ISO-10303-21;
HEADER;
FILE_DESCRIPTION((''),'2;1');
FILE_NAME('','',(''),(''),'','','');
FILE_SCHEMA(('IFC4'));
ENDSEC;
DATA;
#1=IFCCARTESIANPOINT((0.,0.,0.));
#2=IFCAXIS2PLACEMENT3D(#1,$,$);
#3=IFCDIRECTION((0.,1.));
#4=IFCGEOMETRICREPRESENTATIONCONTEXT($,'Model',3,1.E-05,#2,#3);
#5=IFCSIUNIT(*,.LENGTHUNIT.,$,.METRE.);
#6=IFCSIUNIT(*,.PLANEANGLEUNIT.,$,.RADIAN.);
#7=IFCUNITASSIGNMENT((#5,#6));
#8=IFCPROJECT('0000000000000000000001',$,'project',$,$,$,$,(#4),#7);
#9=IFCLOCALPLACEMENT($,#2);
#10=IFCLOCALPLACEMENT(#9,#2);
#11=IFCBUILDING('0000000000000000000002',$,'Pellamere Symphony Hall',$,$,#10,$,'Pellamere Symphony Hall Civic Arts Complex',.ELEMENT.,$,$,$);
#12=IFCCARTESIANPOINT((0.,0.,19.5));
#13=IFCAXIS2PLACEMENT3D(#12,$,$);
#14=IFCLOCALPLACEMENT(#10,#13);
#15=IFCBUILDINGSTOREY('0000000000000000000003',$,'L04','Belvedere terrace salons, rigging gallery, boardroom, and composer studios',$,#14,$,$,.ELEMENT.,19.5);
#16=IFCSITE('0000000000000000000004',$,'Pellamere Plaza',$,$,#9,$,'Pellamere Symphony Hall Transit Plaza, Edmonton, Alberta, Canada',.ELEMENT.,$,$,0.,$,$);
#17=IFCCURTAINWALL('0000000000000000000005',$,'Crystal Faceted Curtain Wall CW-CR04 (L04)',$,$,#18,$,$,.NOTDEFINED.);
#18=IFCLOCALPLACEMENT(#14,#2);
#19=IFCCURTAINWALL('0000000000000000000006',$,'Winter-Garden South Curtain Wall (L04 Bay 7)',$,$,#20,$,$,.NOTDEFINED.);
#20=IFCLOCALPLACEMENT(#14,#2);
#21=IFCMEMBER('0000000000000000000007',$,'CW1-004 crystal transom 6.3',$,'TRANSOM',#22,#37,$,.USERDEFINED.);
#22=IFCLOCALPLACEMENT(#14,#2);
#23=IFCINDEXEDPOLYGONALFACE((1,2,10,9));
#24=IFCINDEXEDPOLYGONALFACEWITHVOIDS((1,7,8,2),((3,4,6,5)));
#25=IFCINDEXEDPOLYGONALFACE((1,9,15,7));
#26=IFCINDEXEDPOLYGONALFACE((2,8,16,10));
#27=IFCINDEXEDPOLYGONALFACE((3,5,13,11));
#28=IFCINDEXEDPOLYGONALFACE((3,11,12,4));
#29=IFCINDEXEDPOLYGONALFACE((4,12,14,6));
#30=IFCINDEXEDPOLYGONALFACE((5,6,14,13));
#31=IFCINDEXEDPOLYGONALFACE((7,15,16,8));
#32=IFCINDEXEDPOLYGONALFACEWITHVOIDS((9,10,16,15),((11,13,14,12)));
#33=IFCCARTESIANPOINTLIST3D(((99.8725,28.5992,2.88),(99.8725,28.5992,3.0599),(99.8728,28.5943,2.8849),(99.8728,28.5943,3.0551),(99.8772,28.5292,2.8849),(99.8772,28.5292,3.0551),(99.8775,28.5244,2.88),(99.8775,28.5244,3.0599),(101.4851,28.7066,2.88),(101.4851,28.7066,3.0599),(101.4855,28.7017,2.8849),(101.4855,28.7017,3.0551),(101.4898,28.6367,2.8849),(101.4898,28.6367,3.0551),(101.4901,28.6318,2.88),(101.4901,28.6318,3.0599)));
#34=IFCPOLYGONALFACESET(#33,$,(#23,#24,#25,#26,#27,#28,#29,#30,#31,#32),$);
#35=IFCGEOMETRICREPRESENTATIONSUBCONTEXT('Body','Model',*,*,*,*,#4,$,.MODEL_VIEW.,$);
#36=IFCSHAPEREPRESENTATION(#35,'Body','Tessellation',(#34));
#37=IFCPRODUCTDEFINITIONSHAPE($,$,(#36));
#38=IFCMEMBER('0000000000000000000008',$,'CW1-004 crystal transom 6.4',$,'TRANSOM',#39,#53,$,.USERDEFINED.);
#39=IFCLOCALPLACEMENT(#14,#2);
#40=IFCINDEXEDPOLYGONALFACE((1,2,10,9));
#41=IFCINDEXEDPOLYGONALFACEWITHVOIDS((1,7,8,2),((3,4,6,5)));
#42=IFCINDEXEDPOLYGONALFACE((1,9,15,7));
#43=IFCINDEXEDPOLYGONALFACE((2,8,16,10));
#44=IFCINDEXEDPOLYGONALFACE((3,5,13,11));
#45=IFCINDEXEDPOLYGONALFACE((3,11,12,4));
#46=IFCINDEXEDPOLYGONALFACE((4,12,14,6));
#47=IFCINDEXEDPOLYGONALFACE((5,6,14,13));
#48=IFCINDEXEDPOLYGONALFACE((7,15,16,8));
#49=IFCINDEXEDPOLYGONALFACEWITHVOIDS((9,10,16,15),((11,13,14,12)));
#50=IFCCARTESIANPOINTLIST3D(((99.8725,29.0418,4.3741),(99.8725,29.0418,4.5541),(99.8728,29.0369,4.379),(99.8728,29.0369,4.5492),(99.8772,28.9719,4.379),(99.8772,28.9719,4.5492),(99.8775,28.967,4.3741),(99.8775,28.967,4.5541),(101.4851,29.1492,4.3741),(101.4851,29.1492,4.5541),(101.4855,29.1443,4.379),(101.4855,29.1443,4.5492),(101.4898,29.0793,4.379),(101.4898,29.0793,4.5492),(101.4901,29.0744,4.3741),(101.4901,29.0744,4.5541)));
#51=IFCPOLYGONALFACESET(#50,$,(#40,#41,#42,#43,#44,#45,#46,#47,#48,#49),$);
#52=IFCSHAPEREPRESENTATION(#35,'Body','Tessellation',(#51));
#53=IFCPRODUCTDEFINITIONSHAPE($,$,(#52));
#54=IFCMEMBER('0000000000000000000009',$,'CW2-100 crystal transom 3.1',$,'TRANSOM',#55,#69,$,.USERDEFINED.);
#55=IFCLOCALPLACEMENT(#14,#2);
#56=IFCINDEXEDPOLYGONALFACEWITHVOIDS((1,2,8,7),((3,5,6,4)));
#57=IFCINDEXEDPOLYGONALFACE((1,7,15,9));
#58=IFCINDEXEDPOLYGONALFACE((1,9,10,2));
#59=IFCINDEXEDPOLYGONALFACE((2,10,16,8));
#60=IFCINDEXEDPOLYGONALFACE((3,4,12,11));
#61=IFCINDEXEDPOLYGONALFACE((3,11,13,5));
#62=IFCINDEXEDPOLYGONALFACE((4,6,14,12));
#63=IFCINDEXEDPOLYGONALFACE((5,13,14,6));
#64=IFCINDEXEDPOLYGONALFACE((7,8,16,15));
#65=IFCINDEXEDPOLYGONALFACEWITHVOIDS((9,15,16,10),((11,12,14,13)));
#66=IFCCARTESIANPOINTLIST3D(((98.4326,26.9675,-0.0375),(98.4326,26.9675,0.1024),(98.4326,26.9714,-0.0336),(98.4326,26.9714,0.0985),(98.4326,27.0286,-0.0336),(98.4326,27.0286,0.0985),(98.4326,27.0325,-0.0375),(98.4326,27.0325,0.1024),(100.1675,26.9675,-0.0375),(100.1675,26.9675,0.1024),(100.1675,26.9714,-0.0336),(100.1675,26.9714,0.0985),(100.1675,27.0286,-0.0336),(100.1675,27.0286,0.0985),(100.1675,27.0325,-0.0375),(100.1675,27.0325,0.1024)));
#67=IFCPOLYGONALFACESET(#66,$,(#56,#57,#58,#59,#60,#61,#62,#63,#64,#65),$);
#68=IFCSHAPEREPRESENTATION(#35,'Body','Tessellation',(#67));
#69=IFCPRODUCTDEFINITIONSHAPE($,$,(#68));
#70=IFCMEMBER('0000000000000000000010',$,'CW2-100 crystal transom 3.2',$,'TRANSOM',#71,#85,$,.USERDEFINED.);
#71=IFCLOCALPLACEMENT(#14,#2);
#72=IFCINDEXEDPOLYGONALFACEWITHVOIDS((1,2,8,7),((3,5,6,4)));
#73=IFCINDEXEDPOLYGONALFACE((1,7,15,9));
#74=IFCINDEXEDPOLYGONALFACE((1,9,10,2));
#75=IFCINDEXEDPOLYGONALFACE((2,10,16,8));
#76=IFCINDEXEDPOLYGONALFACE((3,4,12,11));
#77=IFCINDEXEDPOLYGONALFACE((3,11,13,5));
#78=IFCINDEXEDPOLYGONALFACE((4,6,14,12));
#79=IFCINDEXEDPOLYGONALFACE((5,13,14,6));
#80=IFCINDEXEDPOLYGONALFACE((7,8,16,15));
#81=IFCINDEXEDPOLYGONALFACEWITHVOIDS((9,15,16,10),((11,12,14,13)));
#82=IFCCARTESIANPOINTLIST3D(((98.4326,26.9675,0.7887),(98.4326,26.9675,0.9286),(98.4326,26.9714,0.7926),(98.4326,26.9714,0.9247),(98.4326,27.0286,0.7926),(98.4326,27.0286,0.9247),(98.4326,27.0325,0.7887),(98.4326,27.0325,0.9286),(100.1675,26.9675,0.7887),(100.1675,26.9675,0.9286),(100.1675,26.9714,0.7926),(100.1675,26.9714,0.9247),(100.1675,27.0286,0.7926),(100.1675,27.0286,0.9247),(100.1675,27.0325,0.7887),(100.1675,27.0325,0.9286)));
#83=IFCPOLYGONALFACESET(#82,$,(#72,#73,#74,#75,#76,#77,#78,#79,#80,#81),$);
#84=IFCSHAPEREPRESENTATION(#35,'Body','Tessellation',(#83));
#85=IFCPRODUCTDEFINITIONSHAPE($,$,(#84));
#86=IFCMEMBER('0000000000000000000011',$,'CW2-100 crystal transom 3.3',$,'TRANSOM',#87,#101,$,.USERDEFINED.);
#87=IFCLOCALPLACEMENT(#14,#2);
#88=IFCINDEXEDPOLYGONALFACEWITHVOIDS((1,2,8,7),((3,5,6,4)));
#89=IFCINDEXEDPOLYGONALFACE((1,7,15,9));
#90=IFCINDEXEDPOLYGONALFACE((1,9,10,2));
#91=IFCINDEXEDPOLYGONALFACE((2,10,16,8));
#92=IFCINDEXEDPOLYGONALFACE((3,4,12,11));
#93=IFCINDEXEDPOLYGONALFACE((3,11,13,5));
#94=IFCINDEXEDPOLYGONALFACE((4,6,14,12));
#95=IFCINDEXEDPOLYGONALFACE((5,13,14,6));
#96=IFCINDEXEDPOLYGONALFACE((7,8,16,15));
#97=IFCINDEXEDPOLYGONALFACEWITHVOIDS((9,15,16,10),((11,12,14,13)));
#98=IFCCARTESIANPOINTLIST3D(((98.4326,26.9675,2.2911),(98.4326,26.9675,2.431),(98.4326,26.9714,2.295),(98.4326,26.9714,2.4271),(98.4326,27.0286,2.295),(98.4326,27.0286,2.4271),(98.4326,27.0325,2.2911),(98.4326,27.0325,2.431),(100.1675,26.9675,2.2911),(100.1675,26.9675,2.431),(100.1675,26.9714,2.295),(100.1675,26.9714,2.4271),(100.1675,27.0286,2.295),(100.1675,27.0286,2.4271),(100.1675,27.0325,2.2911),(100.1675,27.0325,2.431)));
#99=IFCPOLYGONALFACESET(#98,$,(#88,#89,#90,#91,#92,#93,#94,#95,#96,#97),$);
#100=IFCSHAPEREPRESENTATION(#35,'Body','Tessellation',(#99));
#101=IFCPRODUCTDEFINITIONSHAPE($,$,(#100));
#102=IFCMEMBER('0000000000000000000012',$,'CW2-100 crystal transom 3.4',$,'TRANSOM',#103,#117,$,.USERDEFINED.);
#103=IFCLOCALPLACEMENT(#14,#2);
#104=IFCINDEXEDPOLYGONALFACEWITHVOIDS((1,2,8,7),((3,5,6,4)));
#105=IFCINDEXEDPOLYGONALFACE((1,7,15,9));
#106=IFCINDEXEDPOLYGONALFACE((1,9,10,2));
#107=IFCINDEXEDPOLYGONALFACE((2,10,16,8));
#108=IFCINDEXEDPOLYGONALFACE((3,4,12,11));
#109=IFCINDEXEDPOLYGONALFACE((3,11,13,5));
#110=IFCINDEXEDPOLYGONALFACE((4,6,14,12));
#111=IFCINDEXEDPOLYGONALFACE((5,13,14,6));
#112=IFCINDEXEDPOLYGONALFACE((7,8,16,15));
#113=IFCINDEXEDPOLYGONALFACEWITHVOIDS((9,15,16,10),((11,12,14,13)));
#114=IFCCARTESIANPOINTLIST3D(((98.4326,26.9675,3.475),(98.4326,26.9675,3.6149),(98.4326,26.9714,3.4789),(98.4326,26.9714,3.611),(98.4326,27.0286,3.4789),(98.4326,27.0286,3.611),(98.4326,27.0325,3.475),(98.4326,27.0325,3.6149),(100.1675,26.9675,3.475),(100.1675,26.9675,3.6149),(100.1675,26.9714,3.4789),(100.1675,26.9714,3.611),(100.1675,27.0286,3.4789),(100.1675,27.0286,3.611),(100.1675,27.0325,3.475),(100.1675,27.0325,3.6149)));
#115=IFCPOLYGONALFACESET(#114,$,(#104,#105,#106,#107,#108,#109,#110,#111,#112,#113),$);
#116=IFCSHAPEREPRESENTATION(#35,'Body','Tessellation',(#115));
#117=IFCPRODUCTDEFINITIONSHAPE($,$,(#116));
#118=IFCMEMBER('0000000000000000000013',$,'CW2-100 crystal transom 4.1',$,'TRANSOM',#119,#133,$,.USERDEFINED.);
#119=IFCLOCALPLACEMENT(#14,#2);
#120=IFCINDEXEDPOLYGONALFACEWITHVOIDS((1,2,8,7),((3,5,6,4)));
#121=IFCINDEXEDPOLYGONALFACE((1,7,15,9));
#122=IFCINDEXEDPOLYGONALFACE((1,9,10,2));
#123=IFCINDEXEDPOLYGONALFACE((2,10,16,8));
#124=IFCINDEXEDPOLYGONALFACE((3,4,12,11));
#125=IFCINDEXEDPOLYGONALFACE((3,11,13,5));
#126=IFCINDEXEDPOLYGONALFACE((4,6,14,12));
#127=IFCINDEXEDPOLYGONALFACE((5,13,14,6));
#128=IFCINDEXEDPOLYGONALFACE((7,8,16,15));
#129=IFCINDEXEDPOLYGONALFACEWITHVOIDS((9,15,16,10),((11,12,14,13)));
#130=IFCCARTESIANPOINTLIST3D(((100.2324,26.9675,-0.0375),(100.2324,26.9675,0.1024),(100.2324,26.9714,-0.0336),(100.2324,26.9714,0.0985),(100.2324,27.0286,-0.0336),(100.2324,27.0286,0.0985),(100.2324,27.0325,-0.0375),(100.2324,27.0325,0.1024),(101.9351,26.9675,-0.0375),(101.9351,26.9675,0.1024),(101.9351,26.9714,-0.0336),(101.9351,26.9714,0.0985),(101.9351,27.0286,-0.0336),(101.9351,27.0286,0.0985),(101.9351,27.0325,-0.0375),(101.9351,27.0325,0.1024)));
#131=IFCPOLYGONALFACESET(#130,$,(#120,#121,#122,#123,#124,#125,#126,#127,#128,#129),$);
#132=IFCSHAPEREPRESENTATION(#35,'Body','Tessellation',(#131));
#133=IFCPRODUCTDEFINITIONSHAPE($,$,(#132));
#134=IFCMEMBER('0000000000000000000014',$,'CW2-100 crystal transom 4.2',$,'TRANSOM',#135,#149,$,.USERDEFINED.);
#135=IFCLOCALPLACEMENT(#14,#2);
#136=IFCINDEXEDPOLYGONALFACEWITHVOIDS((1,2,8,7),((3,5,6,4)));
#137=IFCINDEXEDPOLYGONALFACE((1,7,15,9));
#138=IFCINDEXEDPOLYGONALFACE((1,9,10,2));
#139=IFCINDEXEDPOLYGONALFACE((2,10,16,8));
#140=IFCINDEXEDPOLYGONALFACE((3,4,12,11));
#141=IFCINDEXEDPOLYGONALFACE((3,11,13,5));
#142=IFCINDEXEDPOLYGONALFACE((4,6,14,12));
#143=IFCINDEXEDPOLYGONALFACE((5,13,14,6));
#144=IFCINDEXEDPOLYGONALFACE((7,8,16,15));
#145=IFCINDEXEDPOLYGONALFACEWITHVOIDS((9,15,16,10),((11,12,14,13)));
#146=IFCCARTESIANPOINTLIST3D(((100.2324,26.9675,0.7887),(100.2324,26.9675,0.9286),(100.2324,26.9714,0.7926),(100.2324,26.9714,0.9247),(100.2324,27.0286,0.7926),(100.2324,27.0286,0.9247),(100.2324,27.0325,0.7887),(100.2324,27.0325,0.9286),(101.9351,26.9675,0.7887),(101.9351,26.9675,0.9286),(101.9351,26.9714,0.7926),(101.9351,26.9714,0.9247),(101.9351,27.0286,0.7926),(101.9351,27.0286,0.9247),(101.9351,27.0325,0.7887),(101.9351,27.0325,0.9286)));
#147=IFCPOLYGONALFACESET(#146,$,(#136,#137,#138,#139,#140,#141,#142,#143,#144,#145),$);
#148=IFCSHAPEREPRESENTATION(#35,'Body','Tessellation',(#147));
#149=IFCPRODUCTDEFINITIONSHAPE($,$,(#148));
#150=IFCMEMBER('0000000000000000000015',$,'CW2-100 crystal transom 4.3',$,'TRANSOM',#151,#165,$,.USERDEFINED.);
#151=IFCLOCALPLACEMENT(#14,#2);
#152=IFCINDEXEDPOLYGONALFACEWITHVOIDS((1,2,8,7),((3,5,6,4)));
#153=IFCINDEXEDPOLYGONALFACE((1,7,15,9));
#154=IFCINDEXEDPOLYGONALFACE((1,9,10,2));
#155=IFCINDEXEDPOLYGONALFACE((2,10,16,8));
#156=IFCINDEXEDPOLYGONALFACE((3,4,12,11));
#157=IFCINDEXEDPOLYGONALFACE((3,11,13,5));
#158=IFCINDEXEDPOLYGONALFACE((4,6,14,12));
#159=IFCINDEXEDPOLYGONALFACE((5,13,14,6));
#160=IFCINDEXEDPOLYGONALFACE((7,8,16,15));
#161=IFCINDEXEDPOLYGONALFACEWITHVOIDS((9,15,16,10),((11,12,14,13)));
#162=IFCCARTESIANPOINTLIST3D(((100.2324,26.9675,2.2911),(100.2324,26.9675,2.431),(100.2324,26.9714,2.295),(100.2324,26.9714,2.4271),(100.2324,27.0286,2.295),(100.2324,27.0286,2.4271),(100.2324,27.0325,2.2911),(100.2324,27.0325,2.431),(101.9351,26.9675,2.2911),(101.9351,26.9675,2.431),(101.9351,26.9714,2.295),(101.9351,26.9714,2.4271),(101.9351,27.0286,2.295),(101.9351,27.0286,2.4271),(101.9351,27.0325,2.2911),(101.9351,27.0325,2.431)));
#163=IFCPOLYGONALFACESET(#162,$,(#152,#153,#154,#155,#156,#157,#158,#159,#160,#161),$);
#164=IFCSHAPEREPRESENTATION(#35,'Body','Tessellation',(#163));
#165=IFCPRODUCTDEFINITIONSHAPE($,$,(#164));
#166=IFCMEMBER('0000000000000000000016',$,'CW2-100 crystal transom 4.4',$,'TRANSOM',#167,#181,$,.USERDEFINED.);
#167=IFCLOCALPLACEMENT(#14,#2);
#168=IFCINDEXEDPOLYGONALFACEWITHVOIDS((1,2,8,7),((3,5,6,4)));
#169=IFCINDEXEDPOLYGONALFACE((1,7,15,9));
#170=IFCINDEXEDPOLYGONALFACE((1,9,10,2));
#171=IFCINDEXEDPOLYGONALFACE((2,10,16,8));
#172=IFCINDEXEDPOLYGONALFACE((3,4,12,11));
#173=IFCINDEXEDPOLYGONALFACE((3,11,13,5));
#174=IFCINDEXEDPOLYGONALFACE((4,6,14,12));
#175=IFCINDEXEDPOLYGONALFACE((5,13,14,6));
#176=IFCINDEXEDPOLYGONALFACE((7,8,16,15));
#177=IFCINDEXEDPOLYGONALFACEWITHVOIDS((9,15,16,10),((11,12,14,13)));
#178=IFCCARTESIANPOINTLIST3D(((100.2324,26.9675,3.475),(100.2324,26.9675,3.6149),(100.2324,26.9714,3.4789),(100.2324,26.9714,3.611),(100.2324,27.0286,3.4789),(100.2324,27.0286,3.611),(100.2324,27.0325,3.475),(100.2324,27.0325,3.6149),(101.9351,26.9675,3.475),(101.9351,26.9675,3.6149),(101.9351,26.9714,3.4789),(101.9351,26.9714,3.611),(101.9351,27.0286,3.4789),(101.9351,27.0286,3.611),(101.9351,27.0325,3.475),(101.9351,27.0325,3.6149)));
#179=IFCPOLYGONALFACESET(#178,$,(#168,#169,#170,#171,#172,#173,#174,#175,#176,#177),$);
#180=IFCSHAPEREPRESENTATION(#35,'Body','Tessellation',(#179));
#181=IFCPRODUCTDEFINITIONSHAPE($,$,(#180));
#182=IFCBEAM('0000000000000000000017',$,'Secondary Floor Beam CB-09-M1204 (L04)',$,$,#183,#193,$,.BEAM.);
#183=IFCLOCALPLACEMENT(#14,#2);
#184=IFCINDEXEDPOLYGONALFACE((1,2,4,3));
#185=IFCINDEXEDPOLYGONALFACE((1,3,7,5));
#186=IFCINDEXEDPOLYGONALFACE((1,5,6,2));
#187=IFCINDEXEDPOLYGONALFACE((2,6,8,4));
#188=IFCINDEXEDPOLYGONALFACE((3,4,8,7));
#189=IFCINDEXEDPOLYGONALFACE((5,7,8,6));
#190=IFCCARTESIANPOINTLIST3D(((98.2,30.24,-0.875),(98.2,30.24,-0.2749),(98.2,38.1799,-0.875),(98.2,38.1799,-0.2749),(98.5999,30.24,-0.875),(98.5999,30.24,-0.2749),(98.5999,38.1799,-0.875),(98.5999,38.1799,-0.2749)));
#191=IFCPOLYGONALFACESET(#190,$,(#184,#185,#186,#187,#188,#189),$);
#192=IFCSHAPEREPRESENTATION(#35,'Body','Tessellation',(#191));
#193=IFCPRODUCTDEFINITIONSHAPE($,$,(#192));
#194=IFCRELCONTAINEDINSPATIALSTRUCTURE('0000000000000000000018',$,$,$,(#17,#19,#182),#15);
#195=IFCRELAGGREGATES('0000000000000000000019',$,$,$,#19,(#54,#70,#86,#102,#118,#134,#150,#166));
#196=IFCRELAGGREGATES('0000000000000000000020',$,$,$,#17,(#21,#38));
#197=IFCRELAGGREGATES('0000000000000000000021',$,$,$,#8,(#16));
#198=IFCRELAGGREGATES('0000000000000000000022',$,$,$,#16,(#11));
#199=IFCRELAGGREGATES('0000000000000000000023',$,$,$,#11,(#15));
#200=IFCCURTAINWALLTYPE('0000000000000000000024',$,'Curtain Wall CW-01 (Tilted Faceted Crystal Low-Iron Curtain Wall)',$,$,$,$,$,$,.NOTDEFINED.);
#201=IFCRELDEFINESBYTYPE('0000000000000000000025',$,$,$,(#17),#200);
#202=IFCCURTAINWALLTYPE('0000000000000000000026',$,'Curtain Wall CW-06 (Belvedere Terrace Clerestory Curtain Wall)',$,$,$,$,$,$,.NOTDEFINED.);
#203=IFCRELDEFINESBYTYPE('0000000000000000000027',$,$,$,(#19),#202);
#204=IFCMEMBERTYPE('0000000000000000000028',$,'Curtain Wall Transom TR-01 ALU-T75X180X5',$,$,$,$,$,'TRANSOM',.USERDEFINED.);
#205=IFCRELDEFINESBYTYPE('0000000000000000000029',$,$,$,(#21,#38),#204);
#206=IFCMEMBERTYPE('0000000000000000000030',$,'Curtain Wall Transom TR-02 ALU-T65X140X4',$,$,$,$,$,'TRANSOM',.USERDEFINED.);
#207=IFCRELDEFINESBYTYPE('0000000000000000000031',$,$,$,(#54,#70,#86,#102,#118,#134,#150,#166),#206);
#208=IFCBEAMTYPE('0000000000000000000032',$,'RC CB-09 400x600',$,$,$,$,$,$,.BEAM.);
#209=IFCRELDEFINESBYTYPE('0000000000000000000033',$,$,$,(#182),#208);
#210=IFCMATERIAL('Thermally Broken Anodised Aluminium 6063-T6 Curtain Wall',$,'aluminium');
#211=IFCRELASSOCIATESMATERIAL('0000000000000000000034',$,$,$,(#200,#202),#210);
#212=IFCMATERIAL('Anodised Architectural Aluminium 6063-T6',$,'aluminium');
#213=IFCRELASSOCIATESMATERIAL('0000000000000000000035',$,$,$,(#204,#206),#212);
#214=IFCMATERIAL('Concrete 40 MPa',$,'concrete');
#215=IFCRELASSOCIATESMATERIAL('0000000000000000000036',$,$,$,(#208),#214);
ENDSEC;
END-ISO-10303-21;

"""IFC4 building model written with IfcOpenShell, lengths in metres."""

from ifc_helpers import new_model, si_unit, direction, frame, origin, origin_2d, place, context, subcontext, project, spatial, rectangle, hollow_rectangle, extrude, material, material_profile, profile_set, type_object, element, aggregate, save


model = new_model("IFC4")

# Units and contexts
model_context = context("Model", 3, precision=1e-05, world=origin(), true_north=direction((0.0, 1.0)))
body_context = subcontext(model_context, "Body", "Model", "MODEL_VIEW")
ifc_project = project(units=[si_unit("LENGTHUNIT", "METRE"), si_unit("PLANEANGLEUNIT", "RADIAN")], contexts=[model_context])

# Site, building, storey
site_placement = place(None, origin())
site = spatial("IfcSite", under=ifc_project, at=site_placement, Name="Pellamere Plaza", LongName="Pellamere Symphony Hall Transit Plaza, Edmonton, Alberta, Canada", CompositionType="ELEMENT", RefElevation=0.0)
building_placement = place(site_placement, origin())
building = spatial("IfcBuilding", under=site, at=building_placement, Name="Pellamere Symphony Hall", LongName="Pellamere Symphony Hall Civic Arts Complex", CompositionType="ELEMENT")
storey_placement = place(building_placement, frame((0.0, 0.0, 19.5)))
storey = spatial("IfcBuildingStorey", under=building, at=storey_placement, Name="L04", Description="Belvedere terrace salons, rigging gallery, boardroom, and composer studios", CompositionType="ELEMENT", Elevation=19.5)

# Curtain walls
ifc_material_1 = material(Name="Thermally Broken Anodised Aluminium 6063-T6 Curtain Wall", Category="aluminium")
curtain_wall_type_1 = type_object("IfcCurtainWallType", Name="Curtain Wall CW-01 (Tilted Faceted Crystal Low-Iron Curtain Wall)", PredefinedType="NOTDEFINED", material=ifc_material_1)
curtain_wall_1_placement = place(storey_placement, origin())
curtain_wall_1 = element("IfcCurtainWall", 1, at=curtain_wall_1_placement, inside=storey, type_object=curtain_wall_type_1, Name="Crystal Faceted Curtain Wall CW-CR04 (L04)", PredefinedType="NOTDEFINED")
ifc_material_2 = material(Name="Anodised Architectural Aluminium 6063-T6", Category="aluminium")
curtain_wall_type_2 = type_object("IfcCurtainWallType", Name="Curtain Wall CW-06 (Belvedere Terrace Clerestory Curtain Wall)", PredefinedType="NOTDEFINED", material=ifc_material_1)
curtain_wall_2_placement = place(storey_placement, origin())
curtain_wall_2 = element("IfcCurtainWall", 2, at=curtain_wall_2_placement, inside=storey, type_object=curtain_wall_type_2, Name="Winter-Garden South Curtain Wall (L04 Bay 7)", PredefinedType="NOTDEFINED")

# Members
ifc_material_profile_1 = material_profile(ifc_material_2, hollow_rectangle(XDim=0.075, YDim=0.1799, WallThickness=0.0049, at=origin_2d()), Name="ALU-T75X180X5")
ifc_profile_set_1 = profile_set([ifc_material_profile_1], Name="Anodised Architectural Aluminium 6063-T6")
member_type_1 = type_object("IfcMemberType", Name="Curtain Wall Transom TR-01 ALU-T75X180X5", ElementType="TRANSOM", PredefinedType="USERDEFINED", material=ifc_profile_set_1)
member_1_placement = place(storey_placement, frame((99.875, 28.5618, 2.97), z_axis=(0.997788, 0.066469, 0.0), x_axis=(-0.066469, 0.997788, 0.0)))
member_1 = element("IfcMember", 3, at=member_1_placement, type_object=member_type_1, Name="CW1-004 crystal transom 6.3", ObjectType="TRANSOM", PredefinedType="USERDEFINED", context=body_context, shape_type="SweptSolid", body=[
    extrude(hollow_rectangle(XDim=0.075, YDim=0.1799, WallThickness=0.0049, at=origin_2d()), origin(), (0.0, 0.0, 1.0), 1.6162),
])
member_2_placement = place(storey_placement, frame((99.875, 29.0044, 4.4641), z_axis=(0.997788, 0.066469, 0.0), x_axis=(-0.066469, 0.997788, 0.0)))
member_2 = element("IfcMember", 4, at=member_2_placement, type_object=member_type_1, Name="CW1-004 crystal transom 6.4", ObjectType="TRANSOM", PredefinedType="USERDEFINED", context=body_context, shape_type="SweptSolid", body=[
    extrude(hollow_rectangle(XDim=0.075, YDim=0.1799, WallThickness=0.0049, at=origin_2d()), origin(), (0.0, 0.0, 1.0), 1.6162),
])
ifc_material_profile_2 = material_profile(ifc_material_2, hollow_rectangle(XDim=0.0649, YDim=0.1399, WallThickness=0.0039, at=origin_2d()), Name="ALU-T65X140X4")
ifc_profile_set_2 = profile_set([ifc_material_profile_2], Name="Anodised Architectural Aluminium 6063-T6")
member_type_2 = type_object("IfcMemberType", Name="Curtain Wall Transom TR-02 ALU-T65X140X4", ElementType="TRANSOM", PredefinedType="USERDEFINED", material=ifc_profile_set_2)
member_3_placement = place(storey_placement, frame((98.4326, 27.0, 0.0325), z_axis=(1.0, 0.0, 0.0), x_axis=(0.0, 1.0, 0.0)))
member_3 = element("IfcMember", 5, at=member_3_placement, type_object=member_type_2, Name="CW2-100 crystal transom 3.1", ObjectType="TRANSOM", PredefinedType="USERDEFINED", context=body_context, shape_type="SweptSolid", body=[
    extrude(hollow_rectangle(XDim=0.0649, YDim=0.1399, WallThickness=0.0039, at=origin_2d()), origin(), (0.0, 0.0, 1.0), 1.7349),
])
member_4_placement = place(storey_placement, frame((98.4326, 27.0, 0.8586), z_axis=(1.0, 0.0, 0.0), x_axis=(0.0, 1.0, 0.0)))
member_4 = element("IfcMember", 6, at=member_4_placement, type_object=member_type_2, Name="CW2-100 crystal transom 3.2", ObjectType="TRANSOM", PredefinedType="USERDEFINED", context=body_context, shape_type="SweptSolid", body=[
    extrude(hollow_rectangle(XDim=0.0649, YDim=0.1399, WallThickness=0.0039, at=origin_2d()), origin(), (0.0, 0.0, 1.0), 1.7349),
])
member_5_placement = place(storey_placement, frame((98.4326, 27.0, 2.3611), z_axis=(1.0, 0.0, 0.0), x_axis=(0.0, 1.0, 0.0)))
member_5 = element("IfcMember", 7, at=member_5_placement, type_object=member_type_2, Name="CW2-100 crystal transom 3.3", ObjectType="TRANSOM", PredefinedType="USERDEFINED", context=body_context, shape_type="SweptSolid", body=[
    extrude(hollow_rectangle(XDim=0.0649, YDim=0.1399, WallThickness=0.0039, at=origin_2d()), origin(), (0.0, 0.0, 1.0), 1.7349),
])
member_6_placement = place(storey_placement, frame((98.4326, 27.0, 3.5449), z_axis=(1.0, 0.0, 0.0), x_axis=(0.0, 1.0, 0.0)))
member_6 = element("IfcMember", 8, at=member_6_placement, type_object=member_type_2, Name="CW2-100 crystal transom 3.4", ObjectType="TRANSOM", PredefinedType="USERDEFINED", context=body_context, shape_type="SweptSolid", body=[
    extrude(hollow_rectangle(XDim=0.0649, YDim=0.1399, WallThickness=0.0039, at=origin_2d()), origin(), (0.0, 0.0, 1.0), 1.7349),
])
member_7_placement = place(storey_placement, frame((100.2324, 27.0, 0.0325), z_axis=(1.0, 0.0, 0.0), x_axis=(0.0, 1.0, 0.0)))
member_7 = element("IfcMember", 9, at=member_7_placement, type_object=member_type_2, Name="CW2-100 crystal transom 4.1", ObjectType="TRANSOM", PredefinedType="USERDEFINED", context=body_context, shape_type="SweptSolid", body=[
    extrude(hollow_rectangle(XDim=0.0649, YDim=0.1399, WallThickness=0.0039, at=origin_2d()), origin(), (0.0, 0.0, 1.0), 1.7026),
])
member_8_placement = place(storey_placement, frame((100.2324, 27.0, 0.8586), z_axis=(1.0, 0.0, 0.0), x_axis=(0.0, 1.0, 0.0)))
member_8 = element("IfcMember", 10, at=member_8_placement, type_object=member_type_2, Name="CW2-100 crystal transom 4.2", ObjectType="TRANSOM", PredefinedType="USERDEFINED", context=body_context, shape_type="SweptSolid", body=[
    extrude(hollow_rectangle(XDim=0.0649, YDim=0.1399, WallThickness=0.0039, at=origin_2d()), origin(), (0.0, 0.0, 1.0), 1.7026),
])
member_9_placement = place(storey_placement, frame((100.2324, 27.0, 2.3611), z_axis=(1.0, 0.0, 0.0), x_axis=(0.0, 1.0, 0.0)))
member_9 = element("IfcMember", 11, at=member_9_placement, type_object=member_type_2, Name="CW2-100 crystal transom 4.3", ObjectType="TRANSOM", PredefinedType="USERDEFINED", context=body_context, shape_type="SweptSolid", body=[
    extrude(hollow_rectangle(XDim=0.0649, YDim=0.1399, WallThickness=0.0039, at=origin_2d()), origin(), (0.0, 0.0, 1.0), 1.7026),
])
member_10_placement = place(storey_placement, frame((100.2324, 27.0, 3.5449), z_axis=(1.0, 0.0, 0.0), x_axis=(0.0, 1.0, 0.0)))
member_10 = element("IfcMember", 12, at=member_10_placement, type_object=member_type_2, Name="CW2-100 crystal transom 4.4", ObjectType="TRANSOM", PredefinedType="USERDEFINED", context=body_context, shape_type="SweptSolid", body=[
    extrude(hollow_rectangle(XDim=0.0649, YDim=0.1399, WallThickness=0.0039, at=origin_2d()), origin(), (0.0, 0.0, 1.0), 1.7026),
])

# Beam
ifc_material_3 = material(Name="Concrete 40 MPa", Category="concrete")
ifc_material_profile_3 = material_profile(ifc_material_3, rectangle(XDim=0.3999, YDim=0.6001, at=origin_2d()), Name="RC 400x600")
ifc_profile_set_3 = profile_set([ifc_material_profile_3], Name="Concrete 40 MPa")
beam_type_1 = type_object("IfcBeamType", Name="RC CB-09 400x600", PredefinedType="BEAM", material=ifc_profile_set_3)
beam_1_placement = place(storey_placement, frame((98.3999, 30.24, -0.575), z_axis=(0.0, 1.0, 0.0), x_axis=(-1.0, 0.0, 0.0)))
element("IfcBeam", 13, at=beam_1_placement, inside=storey, type_object=beam_type_1, Name="Secondary Floor Beam CB-09-M1204 (L04)", PredefinedType="BEAM", context=body_context, shape_type="SweptSolid", body=[
    extrude(rectangle(XDim=0.3999, YDim=0.6001, at=origin_2d()), origin(), (0.0, 0.0, 1.0), 7.9399),
])

aggregate(curtain_wall_2, [member_3, member_4, member_5, member_6, member_7, member_8, member_9, member_10])
aggregate(curtain_wall_1, [member_1, member_2])

save(model, "model.ifc")
